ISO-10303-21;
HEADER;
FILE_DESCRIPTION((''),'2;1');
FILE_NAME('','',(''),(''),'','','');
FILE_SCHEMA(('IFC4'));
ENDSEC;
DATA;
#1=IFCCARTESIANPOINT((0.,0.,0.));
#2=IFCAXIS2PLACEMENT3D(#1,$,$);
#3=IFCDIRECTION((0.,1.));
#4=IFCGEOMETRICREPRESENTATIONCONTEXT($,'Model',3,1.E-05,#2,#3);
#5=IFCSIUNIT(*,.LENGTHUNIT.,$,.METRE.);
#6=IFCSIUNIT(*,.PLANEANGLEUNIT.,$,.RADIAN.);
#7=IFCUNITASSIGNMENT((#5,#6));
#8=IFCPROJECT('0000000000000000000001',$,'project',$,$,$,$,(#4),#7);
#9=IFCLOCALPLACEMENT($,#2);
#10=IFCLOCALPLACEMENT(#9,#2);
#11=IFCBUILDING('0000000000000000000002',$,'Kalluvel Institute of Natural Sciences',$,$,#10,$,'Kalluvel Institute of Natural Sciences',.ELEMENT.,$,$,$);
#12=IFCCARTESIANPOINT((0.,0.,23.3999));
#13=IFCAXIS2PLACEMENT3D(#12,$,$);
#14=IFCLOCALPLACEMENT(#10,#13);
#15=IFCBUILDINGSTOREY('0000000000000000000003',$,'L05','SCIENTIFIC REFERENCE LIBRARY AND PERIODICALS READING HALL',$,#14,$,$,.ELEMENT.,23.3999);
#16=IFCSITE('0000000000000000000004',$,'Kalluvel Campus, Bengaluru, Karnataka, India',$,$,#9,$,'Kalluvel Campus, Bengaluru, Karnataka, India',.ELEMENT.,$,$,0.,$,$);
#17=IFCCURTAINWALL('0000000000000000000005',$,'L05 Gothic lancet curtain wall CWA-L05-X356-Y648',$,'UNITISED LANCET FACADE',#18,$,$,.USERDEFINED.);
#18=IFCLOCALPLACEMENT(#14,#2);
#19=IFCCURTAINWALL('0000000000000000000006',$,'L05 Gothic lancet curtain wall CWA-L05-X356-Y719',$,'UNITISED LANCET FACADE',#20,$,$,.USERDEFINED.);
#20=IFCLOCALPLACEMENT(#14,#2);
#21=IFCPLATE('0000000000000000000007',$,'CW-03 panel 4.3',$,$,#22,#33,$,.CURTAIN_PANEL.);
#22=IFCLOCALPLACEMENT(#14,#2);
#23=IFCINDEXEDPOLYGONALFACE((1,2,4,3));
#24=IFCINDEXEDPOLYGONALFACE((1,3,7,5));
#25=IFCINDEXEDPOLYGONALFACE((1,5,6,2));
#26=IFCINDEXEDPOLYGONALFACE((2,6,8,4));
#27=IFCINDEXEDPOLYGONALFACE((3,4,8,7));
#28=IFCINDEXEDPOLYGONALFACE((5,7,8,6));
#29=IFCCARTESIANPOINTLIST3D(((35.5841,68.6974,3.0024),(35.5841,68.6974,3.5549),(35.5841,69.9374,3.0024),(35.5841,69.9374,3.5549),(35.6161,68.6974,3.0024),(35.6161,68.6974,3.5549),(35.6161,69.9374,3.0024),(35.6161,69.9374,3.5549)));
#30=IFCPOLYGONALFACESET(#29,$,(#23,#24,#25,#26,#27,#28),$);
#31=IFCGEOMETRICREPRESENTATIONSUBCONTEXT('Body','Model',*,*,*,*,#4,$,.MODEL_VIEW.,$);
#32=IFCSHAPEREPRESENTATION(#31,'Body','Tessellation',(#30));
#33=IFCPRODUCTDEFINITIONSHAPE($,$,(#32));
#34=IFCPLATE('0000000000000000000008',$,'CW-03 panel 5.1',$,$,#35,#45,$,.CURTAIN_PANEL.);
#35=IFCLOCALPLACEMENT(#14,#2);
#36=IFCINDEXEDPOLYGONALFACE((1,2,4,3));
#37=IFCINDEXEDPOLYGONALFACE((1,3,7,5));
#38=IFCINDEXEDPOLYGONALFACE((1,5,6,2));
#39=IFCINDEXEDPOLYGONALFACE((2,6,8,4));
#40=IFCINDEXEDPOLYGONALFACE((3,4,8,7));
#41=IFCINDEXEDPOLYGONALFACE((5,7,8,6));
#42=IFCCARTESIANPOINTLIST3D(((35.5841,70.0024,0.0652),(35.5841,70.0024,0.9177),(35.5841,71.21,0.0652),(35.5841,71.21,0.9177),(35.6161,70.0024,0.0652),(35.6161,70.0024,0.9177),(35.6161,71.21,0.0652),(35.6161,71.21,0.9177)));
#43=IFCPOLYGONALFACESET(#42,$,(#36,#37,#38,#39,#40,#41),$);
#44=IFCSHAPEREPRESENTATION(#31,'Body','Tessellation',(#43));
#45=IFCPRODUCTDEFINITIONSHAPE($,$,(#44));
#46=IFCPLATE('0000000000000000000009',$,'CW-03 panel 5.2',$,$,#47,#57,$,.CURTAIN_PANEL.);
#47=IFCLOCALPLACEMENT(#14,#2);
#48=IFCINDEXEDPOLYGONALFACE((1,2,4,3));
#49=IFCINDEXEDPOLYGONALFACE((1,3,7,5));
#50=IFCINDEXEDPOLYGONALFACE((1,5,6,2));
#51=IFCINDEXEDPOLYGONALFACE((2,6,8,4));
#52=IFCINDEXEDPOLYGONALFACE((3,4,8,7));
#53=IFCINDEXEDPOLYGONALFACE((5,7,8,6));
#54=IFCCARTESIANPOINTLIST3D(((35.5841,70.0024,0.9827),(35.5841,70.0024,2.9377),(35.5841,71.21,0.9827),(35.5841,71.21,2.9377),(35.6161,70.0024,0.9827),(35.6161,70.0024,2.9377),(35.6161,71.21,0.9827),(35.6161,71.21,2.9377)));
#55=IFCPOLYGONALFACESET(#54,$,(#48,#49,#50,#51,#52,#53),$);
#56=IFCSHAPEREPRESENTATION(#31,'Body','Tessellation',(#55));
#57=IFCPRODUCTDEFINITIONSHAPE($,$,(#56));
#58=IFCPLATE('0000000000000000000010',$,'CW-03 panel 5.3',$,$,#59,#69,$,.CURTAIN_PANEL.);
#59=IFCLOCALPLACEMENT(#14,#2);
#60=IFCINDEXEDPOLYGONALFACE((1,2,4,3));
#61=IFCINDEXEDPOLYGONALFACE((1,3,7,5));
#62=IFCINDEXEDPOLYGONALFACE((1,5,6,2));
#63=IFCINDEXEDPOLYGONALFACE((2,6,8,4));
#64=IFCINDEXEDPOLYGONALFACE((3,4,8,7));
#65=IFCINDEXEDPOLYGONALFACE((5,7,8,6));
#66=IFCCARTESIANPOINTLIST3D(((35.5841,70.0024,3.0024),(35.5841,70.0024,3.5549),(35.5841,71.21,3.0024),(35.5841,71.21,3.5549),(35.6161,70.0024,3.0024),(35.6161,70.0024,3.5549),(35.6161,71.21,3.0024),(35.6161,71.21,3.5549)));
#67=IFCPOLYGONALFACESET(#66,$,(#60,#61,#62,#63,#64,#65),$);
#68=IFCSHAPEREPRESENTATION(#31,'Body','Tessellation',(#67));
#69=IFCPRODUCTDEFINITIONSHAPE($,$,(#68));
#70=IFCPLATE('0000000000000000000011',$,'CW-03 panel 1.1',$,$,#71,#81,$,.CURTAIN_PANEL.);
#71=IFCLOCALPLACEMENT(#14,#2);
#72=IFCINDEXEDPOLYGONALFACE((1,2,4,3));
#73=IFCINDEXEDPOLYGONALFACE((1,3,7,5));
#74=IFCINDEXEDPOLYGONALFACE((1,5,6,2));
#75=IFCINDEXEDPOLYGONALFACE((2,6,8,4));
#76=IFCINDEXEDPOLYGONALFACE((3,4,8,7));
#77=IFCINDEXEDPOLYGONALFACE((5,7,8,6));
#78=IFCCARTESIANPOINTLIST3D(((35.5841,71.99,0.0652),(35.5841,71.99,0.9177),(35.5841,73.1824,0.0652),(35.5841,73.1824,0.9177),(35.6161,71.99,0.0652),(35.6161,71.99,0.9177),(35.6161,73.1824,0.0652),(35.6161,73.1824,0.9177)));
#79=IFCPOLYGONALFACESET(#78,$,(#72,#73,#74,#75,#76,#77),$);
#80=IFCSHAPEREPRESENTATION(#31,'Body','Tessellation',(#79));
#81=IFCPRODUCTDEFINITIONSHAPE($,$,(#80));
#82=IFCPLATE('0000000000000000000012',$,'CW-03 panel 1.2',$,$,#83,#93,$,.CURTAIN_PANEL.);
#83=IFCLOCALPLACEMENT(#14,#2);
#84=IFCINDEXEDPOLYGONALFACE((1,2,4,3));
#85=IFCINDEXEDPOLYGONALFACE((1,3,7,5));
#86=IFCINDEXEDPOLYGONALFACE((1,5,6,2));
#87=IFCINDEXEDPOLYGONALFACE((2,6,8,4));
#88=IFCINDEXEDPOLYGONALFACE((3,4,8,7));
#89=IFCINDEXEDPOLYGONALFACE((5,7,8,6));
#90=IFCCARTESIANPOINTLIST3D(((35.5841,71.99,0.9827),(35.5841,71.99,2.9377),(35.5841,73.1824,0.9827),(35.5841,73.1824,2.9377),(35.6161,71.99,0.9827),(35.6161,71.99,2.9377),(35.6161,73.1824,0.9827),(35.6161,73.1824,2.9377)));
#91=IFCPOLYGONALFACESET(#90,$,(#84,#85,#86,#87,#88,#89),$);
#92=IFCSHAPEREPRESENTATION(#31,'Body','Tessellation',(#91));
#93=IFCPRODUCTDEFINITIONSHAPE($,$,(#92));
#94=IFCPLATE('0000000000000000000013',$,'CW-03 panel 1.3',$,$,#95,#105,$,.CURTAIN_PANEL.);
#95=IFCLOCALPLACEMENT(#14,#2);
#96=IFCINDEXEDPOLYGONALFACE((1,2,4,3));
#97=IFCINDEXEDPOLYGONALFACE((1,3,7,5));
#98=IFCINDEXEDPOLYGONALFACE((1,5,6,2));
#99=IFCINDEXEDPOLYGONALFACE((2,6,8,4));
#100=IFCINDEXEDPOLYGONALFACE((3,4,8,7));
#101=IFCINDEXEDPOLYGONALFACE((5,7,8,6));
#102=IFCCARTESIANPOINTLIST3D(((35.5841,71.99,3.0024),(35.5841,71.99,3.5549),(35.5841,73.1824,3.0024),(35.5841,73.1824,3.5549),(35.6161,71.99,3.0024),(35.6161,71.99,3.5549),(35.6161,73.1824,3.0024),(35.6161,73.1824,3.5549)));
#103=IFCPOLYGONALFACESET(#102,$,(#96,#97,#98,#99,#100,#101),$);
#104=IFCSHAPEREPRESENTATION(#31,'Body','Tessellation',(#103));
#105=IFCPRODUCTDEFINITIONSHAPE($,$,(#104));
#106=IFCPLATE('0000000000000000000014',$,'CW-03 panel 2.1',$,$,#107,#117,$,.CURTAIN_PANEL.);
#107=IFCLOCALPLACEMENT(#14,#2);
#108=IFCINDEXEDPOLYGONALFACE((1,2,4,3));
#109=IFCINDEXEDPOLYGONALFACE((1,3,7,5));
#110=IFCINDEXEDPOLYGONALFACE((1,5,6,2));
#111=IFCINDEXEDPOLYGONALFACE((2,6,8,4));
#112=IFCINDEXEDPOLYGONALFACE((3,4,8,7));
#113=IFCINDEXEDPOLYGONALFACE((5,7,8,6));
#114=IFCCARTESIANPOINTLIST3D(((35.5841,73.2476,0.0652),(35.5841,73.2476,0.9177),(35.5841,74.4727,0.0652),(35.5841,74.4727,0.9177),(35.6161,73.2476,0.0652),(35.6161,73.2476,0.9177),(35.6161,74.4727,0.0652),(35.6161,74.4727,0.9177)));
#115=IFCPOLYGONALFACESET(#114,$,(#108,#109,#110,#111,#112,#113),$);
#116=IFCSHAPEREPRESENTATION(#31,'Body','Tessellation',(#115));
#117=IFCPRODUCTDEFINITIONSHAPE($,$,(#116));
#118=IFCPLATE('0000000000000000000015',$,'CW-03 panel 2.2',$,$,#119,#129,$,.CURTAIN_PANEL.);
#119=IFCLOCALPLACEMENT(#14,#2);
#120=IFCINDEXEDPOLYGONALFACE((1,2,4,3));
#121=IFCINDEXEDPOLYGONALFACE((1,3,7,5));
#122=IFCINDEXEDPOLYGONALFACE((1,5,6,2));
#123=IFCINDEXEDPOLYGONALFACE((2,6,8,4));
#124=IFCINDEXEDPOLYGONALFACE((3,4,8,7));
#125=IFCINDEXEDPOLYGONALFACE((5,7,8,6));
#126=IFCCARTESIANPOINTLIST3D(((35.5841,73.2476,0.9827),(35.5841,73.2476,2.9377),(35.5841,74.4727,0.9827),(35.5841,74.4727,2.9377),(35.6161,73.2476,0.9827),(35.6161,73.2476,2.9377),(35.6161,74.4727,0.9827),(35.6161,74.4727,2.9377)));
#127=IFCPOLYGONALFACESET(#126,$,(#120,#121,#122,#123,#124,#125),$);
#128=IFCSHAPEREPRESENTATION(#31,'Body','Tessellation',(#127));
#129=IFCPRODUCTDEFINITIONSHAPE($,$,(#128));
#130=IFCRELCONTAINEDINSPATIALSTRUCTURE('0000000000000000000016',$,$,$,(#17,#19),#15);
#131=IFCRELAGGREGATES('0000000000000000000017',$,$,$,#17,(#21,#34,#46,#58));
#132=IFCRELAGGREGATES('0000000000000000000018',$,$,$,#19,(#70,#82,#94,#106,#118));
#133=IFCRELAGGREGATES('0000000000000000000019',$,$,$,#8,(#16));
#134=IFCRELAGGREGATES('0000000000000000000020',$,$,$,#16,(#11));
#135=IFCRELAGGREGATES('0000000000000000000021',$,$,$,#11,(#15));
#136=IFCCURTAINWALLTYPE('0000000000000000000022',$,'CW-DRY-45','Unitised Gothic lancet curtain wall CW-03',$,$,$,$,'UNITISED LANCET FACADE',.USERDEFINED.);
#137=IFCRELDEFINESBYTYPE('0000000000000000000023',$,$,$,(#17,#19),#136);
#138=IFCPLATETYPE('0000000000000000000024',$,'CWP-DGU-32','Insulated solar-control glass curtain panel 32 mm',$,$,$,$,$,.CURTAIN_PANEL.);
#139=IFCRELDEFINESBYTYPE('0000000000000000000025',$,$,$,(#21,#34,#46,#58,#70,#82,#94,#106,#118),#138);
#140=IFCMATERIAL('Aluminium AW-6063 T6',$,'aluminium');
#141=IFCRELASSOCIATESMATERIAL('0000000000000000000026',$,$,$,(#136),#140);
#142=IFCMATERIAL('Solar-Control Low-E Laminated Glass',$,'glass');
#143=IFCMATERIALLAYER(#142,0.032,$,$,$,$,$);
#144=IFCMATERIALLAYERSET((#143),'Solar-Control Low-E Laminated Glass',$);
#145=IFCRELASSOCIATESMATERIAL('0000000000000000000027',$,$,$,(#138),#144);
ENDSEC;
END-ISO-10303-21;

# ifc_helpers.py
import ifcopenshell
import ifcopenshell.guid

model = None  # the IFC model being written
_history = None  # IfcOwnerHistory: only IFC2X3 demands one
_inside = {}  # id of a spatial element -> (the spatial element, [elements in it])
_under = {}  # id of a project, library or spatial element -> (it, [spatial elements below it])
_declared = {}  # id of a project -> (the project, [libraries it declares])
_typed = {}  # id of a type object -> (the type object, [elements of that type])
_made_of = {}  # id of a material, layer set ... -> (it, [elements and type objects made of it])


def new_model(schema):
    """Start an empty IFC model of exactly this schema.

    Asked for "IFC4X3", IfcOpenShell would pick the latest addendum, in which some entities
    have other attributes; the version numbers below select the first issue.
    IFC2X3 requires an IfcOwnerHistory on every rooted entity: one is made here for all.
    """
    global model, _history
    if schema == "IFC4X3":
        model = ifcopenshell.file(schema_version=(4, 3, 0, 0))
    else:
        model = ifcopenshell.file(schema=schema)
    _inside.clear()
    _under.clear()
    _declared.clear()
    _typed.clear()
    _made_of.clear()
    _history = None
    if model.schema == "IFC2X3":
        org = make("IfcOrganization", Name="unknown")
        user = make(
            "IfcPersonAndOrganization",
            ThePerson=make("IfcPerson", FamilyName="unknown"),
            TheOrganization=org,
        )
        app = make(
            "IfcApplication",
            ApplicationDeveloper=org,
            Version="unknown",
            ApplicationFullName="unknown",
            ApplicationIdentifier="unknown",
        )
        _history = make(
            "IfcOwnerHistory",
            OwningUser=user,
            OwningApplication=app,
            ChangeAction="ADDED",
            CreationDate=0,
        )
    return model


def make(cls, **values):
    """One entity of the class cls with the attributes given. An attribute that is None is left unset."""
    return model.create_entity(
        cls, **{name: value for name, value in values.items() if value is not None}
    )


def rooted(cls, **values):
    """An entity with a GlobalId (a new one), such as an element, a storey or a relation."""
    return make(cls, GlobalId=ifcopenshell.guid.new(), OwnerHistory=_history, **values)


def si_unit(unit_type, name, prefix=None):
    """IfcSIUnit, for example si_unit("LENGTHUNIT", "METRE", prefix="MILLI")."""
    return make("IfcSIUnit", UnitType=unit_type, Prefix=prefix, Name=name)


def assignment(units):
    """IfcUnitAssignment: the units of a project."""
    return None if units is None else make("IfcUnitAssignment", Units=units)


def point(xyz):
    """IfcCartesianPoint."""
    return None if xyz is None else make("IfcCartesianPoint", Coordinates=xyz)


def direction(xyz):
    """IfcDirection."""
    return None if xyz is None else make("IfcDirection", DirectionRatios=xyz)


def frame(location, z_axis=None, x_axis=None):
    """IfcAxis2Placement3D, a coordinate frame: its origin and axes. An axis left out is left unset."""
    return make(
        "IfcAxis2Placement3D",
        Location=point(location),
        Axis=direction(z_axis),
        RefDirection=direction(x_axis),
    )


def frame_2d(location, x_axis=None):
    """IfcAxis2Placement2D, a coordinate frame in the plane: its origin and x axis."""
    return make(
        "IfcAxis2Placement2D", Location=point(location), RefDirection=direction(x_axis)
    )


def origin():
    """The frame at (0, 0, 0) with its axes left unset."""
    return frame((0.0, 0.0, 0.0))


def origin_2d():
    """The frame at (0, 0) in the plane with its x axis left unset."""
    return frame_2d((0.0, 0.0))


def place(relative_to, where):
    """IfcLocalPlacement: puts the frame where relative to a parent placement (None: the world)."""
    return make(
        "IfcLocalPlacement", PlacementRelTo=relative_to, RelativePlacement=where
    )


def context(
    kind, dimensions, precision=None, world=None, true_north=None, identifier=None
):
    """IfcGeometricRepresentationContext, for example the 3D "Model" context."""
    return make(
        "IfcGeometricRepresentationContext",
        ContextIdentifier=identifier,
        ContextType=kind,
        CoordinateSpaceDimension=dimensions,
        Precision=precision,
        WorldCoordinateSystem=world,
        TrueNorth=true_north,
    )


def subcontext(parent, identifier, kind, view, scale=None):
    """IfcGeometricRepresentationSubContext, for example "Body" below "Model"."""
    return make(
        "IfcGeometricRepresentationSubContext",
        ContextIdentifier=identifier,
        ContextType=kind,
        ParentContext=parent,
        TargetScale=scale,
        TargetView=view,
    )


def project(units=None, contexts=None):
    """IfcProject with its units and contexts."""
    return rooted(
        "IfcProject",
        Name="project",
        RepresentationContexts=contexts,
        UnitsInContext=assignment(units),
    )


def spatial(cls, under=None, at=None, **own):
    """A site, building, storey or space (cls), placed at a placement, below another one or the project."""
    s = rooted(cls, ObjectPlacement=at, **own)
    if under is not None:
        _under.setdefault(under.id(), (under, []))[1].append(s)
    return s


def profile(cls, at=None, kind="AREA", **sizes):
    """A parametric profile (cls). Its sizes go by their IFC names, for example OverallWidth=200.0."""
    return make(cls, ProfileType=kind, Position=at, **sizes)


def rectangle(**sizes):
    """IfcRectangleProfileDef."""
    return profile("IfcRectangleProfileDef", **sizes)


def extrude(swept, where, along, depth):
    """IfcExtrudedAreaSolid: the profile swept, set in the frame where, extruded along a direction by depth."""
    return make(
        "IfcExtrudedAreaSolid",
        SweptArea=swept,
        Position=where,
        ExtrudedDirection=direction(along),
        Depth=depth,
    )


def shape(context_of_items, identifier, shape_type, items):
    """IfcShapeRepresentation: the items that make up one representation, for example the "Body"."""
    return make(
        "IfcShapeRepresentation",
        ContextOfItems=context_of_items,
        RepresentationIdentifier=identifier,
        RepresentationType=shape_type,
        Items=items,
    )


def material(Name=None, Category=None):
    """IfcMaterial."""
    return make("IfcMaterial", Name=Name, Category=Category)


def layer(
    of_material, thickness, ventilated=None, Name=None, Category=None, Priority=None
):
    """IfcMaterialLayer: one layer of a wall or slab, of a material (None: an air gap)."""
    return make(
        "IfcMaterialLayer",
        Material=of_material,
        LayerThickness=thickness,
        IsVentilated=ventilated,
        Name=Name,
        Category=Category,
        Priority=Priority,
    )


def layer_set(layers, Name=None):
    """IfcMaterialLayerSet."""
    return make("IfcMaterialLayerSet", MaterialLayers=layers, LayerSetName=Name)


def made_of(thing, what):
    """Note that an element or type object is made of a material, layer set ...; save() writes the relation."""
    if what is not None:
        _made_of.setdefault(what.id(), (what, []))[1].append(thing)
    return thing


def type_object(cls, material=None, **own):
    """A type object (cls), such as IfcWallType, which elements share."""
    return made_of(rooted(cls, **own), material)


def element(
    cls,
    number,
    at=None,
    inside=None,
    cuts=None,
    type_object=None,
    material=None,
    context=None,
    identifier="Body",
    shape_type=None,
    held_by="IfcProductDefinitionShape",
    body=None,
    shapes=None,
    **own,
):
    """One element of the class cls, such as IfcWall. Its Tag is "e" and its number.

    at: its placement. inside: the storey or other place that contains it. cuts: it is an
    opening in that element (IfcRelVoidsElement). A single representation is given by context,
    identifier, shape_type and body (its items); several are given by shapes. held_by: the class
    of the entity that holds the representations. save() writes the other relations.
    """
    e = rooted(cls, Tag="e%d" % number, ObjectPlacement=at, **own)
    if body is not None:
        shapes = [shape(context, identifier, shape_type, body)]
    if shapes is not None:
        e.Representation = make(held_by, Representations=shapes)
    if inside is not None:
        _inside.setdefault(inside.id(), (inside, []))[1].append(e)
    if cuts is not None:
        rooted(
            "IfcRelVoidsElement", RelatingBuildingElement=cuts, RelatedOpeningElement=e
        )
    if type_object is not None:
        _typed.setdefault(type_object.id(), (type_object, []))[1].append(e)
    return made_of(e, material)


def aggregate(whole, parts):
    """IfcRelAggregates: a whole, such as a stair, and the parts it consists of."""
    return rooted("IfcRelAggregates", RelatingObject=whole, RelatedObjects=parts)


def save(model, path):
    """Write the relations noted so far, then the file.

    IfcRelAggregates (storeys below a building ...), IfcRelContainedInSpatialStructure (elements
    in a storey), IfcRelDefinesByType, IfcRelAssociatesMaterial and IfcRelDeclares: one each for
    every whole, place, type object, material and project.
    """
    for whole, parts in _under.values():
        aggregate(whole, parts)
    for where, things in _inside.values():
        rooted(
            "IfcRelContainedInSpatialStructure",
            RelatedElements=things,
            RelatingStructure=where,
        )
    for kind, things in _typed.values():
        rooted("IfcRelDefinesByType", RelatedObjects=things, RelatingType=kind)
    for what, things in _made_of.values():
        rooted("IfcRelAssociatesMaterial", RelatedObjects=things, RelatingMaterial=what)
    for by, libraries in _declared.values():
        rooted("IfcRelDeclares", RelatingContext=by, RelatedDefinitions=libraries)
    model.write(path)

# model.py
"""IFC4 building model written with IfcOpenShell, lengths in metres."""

from ifc_helpers import new_model, si_unit, direction, frame, origin, origin_2d, place, context, subcontext, project, spatial, rectangle, extrude, material, layer, layer_set, type_object, element, aggregate, save


model = new_model("IFC4")

# Units and contexts
model_context = context("Model", 3, precision=1e-05, world=origin(), true_north=direction((0.0, 1.0)))
body_context = subcontext(model_context, "Body", "Model", "MODEL_VIEW")
ifc_project = project(units=[si_unit("LENGTHUNIT", "METRE"), si_unit("PLANEANGLEUNIT", "RADIAN")], contexts=[model_context])

# Site, building, storey
site_placement = place(None, origin())
site = spatial("IfcSite", under=ifc_project, at=site_placement, Name="Kalluvel Campus, Bengaluru, Karnataka, India", LongName="Kalluvel Campus, Bengaluru, Karnataka, India", CompositionType="ELEMENT", RefElevation=0.0)
building_placement = place(site_placement, origin())
building = spatial("IfcBuilding", under=site, at=building_placement, Name="Kalluvel Institute of Natural Sciences", LongName="Kalluvel Institute of Natural Sciences", CompositionType="ELEMENT")
storey_placement = place(building_placement, frame((0.0, 0.0, 23.3999)))
storey = spatial("IfcBuildingStorey", under=building, at=storey_placement, Name="L05", Description="SCIENTIFIC REFERENCE LIBRARY AND PERIODICALS READING HALL", CompositionType="ELEMENT", Elevation=23.3999)

# Curtain walls
ifc_material_1 = material(Name="Aluminium AW-6063 T6", Category="aluminium")
curtain_wall_type = type_object("IfcCurtainWallType", Name="CW-DRY-45", Description="Unitised Gothic lancet curtain wall CW-03", ElementType="UNITISED LANCET FACADE", PredefinedType="USERDEFINED", material=ifc_material_1)
curtain_wall_1_placement = place(storey_placement, origin())
curtain_wall_1 = element("IfcCurtainWall", 1, at=curtain_wall_1_placement, inside=storey, type_object=curtain_wall_type, Name="L05 Gothic lancet curtain wall CWA-L05-X356-Y648", ObjectType="UNITISED LANCET FACADE", PredefinedType="USERDEFINED")
curtain_wall_2_placement = place(storey_placement, origin())
curtain_wall_2 = element("IfcCurtainWall", 2, at=curtain_wall_2_placement, inside=storey, type_object=curtain_wall_type, Name="L05 Gothic lancet curtain wall CWA-L05-X356-Y719", ObjectType="UNITISED LANCET FACADE", PredefinedType="USERDEFINED")

# Plates
ifc_material_2 = material(Name="Solar-Control Low-E Laminated Glass", Category="glass")
ifc_layer = layer(ifc_material_2, 0.032)
ifc_layer_set = layer_set([ifc_layer], Name="Solar-Control Low-E Laminated Glass")
plate_type = type_object("IfcPlateType", Name="CWP-DGU-32", Description="Insulated solar-control glass curtain panel 32 mm", PredefinedType="CURTAIN_PANEL", material=ifc_layer_set)
plate_1_placement = place(storey_placement, frame((35.6001, 69.3174, 3.0024), z_axis=(0.0, 0.0, 1.0), x_axis=(0.0, 1.0, 0.0)))
plate_1 = element("IfcPlate", 3, at=plate_1_placement, type_object=plate_type, Name="CW-03 panel 4.3", PredefinedType="CURTAIN_PANEL", context=body_context, shape_type="SweptSolid", body=[
    extrude(rectangle(XDim=1.24, YDim=0.032, at=origin_2d()), origin(), (0.0, 0.0, 1.0), 0.5525),
])
plate_2_placement = place(storey_placement, frame((35.6001, 70.6062, 0.0652), z_axis=(0.0, 0.0, 1.0), x_axis=(0.0, 1.0, 0.0)))
plate_2 = element("IfcPlate", 4, at=plate_2_placement, type_object=plate_type, Name="CW-03 panel 5.1", PredefinedType="CURTAIN_PANEL", context=body_context, shape_type="SweptSolid", body=[
    extrude(rectangle(XDim=1.2075, YDim=0.032, at=origin_2d()), origin(), (0.0, 0.0, 1.0), 0.8525),
])
plate_3_placement = place(storey_placement, frame((35.6001, 70.6062, 0.9827), z_axis=(0.0, 0.0, 1.0), x_axis=(0.0, 1.0, 0.0)))
plate_3 = element("IfcPlate", 5, at=plate_3_placement, type_object=plate_type, Name="CW-03 panel 5.2", PredefinedType="CURTAIN_PANEL", context=body_context, shape_type="SweptSolid", body=[
    extrude(rectangle(XDim=1.2075, YDim=0.032, at=origin_2d()), origin(), (0.0, 0.0, 1.0), 1.9551),
])
plate_4_placement = place(storey_placement, frame((35.6001, 70.6062, 3.0024), z_axis=(0.0, 0.0, 1.0), x_axis=(0.0, 1.0, 0.0)))
plate_4 = element("IfcPlate", 6, at=plate_4_placement, type_object=plate_type, Name="CW-03 panel 5.3", PredefinedType="CURTAIN_PANEL", context=body_context, shape_type="SweptSolid", body=[
    extrude(rectangle(XDim=1.2075, YDim=0.032, at=origin_2d()), origin(), (0.0, 0.0, 1.0), 0.5525),
])
aggregate(curtain_wall_1, [plate_1, plate_2, plate_3, plate_4])
plate_5_placement = place(storey_placement, frame((35.6001, 72.5862, 0.0652), z_axis=(0.0, 0.0, 1.0), x_axis=(0.0, 1.0, 0.0)))
plate_5 = element("IfcPlate", 7, at=plate_5_placement, type_object=plate_type, Name="CW-03 panel 1.1", PredefinedType="CURTAIN_PANEL", context=body_context, shape_type="SweptSolid", body=[
    extrude(rectangle(XDim=1.1924, YDim=0.032, at=origin_2d()), origin(), (0.0, 0.0, 1.0), 0.8525),
])
plate_6_placement = place(storey_placement, frame((35.6001, 72.5862, 0.9827), z_axis=(0.0, 0.0, 1.0), x_axis=(0.0, 1.0, 0.0)))
plate_6 = element("IfcPlate", 8, at=plate_6_placement, type_object=plate_type, Name="CW-03 panel 1.2", PredefinedType="CURTAIN_PANEL", context=body_context, shape_type="SweptSolid", body=[
    extrude(rectangle(XDim=1.1924, YDim=0.032, at=origin_2d()), origin(), (0.0, 0.0, 1.0), 1.9551),
])
plate_7_placement = place(storey_placement, frame((35.6001, 72.5862, 3.0024), z_axis=(0.0, 0.0, 1.0), x_axis=(0.0, 1.0, 0.0)))
plate_7 = element("IfcPlate", 9, at=plate_7_placement, type_object=plate_type, Name="CW-03 panel 1.3", PredefinedType="CURTAIN_PANEL", context=body_context, shape_type="SweptSolid", body=[
    extrude(rectangle(XDim=1.1924, YDim=0.032, at=origin_2d()), origin(), (0.0, 0.0, 1.0), 0.5525),
])
plate_8_placement = place(storey_placement, frame((35.6001, 73.8601, 0.0652), z_axis=(0.0, 0.0, 1.0), x_axis=(0.0, 1.0, 0.0)))
plate_8 = element("IfcPlate", 10, at=plate_8_placement, type_object=plate_type, Name="CW-03 panel 2.1", PredefinedType="CURTAIN_PANEL", context=body_context, shape_type="SweptSolid", body=[
    extrude(rectangle(XDim=1.2251, YDim=0.032, at=origin_2d()), origin(), (0.0, 0.0, 1.0), 0.8525),
])
plate_9_placement = place(storey_placement, frame((35.6001, 73.8601, 0.9827), z_axis=(0.0, 0.0, 1.0), x_axis=(0.0, 1.0, 0.0)))
plate_9 = element("IfcPlate", 11, at=plate_9_placement, type_object=plate_type, Name="CW-03 panel 2.2", PredefinedType="CURTAIN_PANEL", context=body_context, shape_type="SweptSolid", body=[
    extrude(rectangle(XDim=1.2251, YDim=0.032, at=origin_2d()), origin(), (0.0, 0.0, 1.0), 1.9551),
])
aggregate(curtain_wall_2, [plate_5, plate_6, plate_7, plate_8, plate_9])

save(model, "model.ifc")
